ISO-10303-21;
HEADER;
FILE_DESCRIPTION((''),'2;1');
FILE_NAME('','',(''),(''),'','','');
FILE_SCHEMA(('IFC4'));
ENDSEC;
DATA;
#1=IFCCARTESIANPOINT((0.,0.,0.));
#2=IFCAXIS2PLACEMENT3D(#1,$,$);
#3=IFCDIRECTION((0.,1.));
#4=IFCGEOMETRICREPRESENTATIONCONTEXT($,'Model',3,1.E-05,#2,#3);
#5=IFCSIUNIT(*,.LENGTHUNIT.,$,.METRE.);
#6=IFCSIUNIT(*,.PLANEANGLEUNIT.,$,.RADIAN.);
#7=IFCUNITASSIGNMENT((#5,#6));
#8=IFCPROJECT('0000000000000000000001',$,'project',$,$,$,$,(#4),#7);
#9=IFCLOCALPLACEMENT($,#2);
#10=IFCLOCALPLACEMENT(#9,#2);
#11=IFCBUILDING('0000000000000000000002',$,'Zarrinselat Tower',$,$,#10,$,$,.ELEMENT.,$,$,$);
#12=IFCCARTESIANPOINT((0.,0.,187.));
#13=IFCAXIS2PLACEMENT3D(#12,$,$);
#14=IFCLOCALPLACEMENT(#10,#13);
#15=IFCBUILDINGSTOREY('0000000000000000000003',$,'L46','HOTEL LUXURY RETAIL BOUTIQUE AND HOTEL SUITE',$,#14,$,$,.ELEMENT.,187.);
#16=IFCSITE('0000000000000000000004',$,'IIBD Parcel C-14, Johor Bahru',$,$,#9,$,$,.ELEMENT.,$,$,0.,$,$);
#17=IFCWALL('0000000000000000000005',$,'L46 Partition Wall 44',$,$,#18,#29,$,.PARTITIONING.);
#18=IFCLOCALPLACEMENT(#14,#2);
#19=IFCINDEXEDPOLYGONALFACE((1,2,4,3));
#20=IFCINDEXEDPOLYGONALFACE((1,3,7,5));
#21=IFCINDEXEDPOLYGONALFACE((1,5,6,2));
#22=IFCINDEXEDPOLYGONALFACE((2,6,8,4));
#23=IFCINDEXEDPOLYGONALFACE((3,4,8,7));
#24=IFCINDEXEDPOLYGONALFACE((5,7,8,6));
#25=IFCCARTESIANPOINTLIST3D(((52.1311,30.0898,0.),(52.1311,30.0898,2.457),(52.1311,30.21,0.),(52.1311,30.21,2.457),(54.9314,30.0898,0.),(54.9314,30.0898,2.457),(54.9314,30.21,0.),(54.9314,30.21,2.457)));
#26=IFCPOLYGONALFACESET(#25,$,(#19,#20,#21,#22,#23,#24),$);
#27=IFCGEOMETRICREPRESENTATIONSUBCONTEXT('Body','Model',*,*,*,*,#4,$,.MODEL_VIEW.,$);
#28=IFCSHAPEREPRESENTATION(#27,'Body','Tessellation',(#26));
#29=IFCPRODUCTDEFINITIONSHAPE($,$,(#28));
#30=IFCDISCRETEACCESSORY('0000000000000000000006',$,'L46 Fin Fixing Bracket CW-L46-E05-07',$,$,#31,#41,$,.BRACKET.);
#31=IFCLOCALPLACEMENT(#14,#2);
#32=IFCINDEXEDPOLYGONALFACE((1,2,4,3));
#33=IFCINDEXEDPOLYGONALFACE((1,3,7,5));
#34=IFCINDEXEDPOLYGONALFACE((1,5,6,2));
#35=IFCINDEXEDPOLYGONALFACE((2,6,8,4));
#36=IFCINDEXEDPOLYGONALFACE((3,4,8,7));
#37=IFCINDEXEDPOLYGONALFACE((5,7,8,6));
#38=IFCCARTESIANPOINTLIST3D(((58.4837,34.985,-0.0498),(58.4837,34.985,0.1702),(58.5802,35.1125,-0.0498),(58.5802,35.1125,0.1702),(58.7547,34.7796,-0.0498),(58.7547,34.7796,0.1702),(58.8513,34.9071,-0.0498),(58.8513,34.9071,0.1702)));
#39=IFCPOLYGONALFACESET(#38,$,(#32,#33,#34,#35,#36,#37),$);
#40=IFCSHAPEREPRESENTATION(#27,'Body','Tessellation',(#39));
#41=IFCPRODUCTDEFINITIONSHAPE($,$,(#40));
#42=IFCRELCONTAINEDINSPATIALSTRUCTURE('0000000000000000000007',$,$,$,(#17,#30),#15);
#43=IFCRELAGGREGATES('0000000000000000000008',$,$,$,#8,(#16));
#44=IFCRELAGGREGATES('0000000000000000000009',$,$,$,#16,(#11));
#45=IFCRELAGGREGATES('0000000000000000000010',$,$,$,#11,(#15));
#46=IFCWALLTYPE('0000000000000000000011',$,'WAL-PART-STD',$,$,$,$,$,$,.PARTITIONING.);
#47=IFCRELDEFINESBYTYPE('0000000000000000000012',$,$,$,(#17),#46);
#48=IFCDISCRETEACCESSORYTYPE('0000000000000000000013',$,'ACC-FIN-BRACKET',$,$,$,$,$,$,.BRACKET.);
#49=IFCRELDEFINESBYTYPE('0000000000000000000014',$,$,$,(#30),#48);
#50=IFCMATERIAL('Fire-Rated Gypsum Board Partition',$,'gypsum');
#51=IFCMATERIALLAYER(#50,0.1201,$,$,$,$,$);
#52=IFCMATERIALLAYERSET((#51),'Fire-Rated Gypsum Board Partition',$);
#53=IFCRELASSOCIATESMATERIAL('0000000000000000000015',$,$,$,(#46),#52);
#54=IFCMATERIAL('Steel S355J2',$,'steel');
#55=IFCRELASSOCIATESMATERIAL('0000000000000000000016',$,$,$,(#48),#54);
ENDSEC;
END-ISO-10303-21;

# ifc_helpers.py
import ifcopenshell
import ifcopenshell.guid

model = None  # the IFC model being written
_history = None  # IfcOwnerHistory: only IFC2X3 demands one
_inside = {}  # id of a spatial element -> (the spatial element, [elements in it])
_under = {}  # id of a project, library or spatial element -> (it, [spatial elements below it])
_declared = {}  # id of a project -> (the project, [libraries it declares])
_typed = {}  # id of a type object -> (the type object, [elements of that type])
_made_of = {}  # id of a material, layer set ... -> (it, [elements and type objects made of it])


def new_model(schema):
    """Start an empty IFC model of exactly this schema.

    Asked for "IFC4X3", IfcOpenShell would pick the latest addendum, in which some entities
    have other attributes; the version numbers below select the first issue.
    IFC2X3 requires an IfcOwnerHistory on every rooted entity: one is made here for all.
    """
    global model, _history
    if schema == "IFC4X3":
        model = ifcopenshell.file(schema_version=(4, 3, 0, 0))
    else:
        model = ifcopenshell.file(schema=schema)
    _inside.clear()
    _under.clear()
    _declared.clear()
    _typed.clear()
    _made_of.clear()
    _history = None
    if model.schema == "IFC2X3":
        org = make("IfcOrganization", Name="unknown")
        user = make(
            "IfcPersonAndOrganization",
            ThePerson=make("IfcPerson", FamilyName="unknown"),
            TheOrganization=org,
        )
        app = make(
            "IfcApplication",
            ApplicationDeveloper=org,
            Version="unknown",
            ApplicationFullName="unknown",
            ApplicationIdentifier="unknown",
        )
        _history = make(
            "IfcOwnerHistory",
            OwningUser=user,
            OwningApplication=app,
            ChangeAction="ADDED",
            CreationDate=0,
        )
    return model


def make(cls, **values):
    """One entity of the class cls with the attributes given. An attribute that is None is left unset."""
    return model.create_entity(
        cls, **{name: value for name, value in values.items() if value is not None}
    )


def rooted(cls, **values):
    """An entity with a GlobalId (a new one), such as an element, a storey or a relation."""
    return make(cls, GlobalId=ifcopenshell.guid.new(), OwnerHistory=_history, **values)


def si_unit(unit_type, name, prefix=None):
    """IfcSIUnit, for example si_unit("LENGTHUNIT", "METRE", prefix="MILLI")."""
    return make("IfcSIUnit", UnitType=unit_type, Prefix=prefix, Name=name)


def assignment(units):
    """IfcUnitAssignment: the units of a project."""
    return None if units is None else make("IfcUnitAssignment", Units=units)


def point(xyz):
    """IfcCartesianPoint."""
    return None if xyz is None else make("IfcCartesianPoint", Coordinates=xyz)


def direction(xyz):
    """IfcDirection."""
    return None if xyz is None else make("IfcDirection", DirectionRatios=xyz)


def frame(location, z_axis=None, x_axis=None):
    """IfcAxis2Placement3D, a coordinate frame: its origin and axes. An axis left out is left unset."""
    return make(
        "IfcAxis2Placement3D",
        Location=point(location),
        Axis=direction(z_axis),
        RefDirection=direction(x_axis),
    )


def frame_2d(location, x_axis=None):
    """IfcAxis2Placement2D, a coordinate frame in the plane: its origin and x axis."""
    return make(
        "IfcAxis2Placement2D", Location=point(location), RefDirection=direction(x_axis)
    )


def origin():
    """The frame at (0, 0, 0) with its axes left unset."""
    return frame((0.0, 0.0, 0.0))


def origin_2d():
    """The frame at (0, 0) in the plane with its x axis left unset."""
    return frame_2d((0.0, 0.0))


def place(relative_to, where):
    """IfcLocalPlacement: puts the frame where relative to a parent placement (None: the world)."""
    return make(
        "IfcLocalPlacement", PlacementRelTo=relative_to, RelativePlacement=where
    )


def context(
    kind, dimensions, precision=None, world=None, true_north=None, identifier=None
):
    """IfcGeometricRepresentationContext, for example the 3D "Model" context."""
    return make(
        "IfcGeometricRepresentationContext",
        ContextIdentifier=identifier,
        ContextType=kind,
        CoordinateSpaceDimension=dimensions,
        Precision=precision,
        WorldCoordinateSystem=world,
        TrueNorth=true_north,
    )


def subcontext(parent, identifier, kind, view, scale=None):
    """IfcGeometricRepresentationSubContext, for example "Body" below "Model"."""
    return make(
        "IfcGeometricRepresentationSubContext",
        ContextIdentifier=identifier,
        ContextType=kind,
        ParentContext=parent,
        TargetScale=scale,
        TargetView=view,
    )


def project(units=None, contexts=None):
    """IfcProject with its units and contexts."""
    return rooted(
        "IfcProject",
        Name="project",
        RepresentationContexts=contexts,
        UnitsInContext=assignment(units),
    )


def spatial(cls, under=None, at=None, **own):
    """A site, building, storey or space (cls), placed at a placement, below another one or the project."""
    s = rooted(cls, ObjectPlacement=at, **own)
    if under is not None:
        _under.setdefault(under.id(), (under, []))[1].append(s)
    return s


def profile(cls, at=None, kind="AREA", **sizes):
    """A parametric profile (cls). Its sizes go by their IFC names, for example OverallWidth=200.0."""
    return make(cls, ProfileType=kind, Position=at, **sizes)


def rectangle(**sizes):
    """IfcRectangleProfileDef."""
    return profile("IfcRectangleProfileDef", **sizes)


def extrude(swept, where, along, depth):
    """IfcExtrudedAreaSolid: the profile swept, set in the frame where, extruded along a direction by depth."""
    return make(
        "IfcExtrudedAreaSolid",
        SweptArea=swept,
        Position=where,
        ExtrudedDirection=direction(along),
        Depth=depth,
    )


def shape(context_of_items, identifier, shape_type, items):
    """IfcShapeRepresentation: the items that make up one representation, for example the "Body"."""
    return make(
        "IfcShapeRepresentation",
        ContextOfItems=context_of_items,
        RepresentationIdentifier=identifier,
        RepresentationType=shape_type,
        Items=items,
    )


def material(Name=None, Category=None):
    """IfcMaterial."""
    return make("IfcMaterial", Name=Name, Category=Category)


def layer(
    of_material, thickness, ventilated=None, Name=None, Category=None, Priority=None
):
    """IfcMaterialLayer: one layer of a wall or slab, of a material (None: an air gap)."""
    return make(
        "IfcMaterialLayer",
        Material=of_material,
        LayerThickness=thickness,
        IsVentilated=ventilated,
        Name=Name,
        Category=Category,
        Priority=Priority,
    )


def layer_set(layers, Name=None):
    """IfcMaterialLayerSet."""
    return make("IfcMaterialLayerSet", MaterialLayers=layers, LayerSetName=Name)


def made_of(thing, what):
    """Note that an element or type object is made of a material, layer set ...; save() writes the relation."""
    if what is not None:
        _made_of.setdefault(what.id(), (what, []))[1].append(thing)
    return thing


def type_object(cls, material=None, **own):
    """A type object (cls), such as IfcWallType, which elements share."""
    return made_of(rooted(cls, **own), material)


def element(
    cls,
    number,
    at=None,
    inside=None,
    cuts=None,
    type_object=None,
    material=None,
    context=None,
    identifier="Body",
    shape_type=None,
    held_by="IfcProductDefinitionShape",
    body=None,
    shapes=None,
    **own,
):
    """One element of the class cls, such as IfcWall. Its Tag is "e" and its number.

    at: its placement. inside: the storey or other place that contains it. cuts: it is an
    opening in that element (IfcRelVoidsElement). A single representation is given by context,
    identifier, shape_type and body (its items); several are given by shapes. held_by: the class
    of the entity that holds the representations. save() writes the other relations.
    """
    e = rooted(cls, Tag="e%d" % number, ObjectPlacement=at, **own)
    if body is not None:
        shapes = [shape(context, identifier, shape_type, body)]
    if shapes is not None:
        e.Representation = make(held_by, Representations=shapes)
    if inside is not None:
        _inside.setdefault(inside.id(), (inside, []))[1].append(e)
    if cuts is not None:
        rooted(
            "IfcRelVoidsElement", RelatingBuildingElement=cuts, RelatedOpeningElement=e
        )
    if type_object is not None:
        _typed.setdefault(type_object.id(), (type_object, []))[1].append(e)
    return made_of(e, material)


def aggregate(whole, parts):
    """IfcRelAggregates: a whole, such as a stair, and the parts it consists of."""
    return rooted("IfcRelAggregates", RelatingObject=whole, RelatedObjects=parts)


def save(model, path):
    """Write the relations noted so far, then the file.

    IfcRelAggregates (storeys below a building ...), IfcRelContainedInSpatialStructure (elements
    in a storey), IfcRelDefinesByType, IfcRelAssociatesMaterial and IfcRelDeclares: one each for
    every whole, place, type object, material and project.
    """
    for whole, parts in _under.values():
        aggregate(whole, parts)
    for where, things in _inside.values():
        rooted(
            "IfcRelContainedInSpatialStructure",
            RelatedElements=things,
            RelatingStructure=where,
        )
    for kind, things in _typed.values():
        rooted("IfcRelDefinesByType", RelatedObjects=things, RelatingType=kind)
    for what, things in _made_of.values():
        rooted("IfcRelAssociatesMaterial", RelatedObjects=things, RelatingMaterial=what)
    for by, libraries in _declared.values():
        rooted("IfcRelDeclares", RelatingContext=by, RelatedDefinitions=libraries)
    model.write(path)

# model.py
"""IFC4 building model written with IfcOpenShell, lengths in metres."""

from ifc_helpers import new_model, si_unit, direction, frame, frame_2d, origin, origin_2d, place, context, subcontext, project, spatial, rectangle, extrude, material, layer, layer_set, type_object, element, save


model = new_model("IFC4")

# Units and contexts
model_context = context("Model", 3, precision=1e-05, world=origin(), true_north=direction((0.0, 1.0)))
body_context = subcontext(model_context, "Body", "Model", "MODEL_VIEW")
ifc_project = project(units=[si_unit("LENGTHUNIT", "METRE"), si_unit("PLANEANGLEUNIT", "RADIAN")], contexts=[model_context])

# Site, building, storey
site_placement = place(None, origin())
site = spatial("IfcSite", under=ifc_project, at=site_placement, Name="IIBD Parcel C-14, Johor Bahru", CompositionType="ELEMENT", RefElevation=0.0)
building_placement = place(site_placement, origin())
building = spatial("IfcBuilding", under=site, at=building_placement, Name="Zarrinselat Tower", CompositionType="ELEMENT")
storey_placement = place(building_placement, frame((0.0, 0.0, 187.0)))
storey = spatial("IfcBuildingStorey", under=building, at=storey_placement, Name="L46", Description="HOTEL LUXURY RETAIL BOUTIQUE AND HOTEL SUITE", CompositionType="ELEMENT", Elevation=187.0)

# Wall
ifc_material_1 = material(Name="Fire-Rated Gypsum Board Partition", Category="gypsum")
ifc_layer_1 = layer(ifc_material_1, 0.1201)
ifc_layer_set_1 = layer_set([ifc_layer_1], Name="Fire-Rated Gypsum Board Partition")
wall_type_1 = type_object("IfcWallType", Name="WAL-PART-STD", PredefinedType="PARTITIONING", material=ifc_layer_set_1)
wall_1_placement = place(storey_placement, frame((52.1311, 30.1499, 0.0), z_axis=(0.0, 0.0, 1.0), x_axis=(1.0, 0.0, 0.0)))
element("IfcWall", 1, at=wall_1_placement, inside=storey, type_object=wall_type_1, Name="L46 Partition Wall 44", PredefinedType="PARTITIONING", context=body_context, shape_type="SweptSolid", body=[
    extrude(rectangle(XDim=2.8003, YDim=0.1201, at=frame_2d((1.4001, 0.0))), origin(), (0.0, 0.0, 1.0), 2.457),
])

# Discrete accessory
ifc_material_2 = material(Name="Steel S355J2", Category="steel")
discrete_accessory_type = type_object("IfcDiscreteAccessoryType", Name="ACC-FIN-BRACKET", PredefinedType="BRACKET", material=ifc_material_2)
discrete_accessory_placement = place(storey_placement, frame((58.6675, 34.946, -0.0498), z_axis=(0.0, 0.0, 1.0), x_axis=(0.797093, -0.603857, 0.0)))
element("IfcDiscreteAccessory", 2, at=discrete_accessory_placement, inside=storey, type_object=discrete_accessory_type, Name="L46 Fin Fixing Bracket CW-L46-E05-07", PredefinedType="BRACKET", context=body_context, shape_type="SweptSolid", body=[
    extrude(rectangle(XDim=0.3401, YDim=0.1599, at=origin_2d()), origin(), (0.0, 0.0, 1.0), 0.22),
])

save(model, "model.ifc")
